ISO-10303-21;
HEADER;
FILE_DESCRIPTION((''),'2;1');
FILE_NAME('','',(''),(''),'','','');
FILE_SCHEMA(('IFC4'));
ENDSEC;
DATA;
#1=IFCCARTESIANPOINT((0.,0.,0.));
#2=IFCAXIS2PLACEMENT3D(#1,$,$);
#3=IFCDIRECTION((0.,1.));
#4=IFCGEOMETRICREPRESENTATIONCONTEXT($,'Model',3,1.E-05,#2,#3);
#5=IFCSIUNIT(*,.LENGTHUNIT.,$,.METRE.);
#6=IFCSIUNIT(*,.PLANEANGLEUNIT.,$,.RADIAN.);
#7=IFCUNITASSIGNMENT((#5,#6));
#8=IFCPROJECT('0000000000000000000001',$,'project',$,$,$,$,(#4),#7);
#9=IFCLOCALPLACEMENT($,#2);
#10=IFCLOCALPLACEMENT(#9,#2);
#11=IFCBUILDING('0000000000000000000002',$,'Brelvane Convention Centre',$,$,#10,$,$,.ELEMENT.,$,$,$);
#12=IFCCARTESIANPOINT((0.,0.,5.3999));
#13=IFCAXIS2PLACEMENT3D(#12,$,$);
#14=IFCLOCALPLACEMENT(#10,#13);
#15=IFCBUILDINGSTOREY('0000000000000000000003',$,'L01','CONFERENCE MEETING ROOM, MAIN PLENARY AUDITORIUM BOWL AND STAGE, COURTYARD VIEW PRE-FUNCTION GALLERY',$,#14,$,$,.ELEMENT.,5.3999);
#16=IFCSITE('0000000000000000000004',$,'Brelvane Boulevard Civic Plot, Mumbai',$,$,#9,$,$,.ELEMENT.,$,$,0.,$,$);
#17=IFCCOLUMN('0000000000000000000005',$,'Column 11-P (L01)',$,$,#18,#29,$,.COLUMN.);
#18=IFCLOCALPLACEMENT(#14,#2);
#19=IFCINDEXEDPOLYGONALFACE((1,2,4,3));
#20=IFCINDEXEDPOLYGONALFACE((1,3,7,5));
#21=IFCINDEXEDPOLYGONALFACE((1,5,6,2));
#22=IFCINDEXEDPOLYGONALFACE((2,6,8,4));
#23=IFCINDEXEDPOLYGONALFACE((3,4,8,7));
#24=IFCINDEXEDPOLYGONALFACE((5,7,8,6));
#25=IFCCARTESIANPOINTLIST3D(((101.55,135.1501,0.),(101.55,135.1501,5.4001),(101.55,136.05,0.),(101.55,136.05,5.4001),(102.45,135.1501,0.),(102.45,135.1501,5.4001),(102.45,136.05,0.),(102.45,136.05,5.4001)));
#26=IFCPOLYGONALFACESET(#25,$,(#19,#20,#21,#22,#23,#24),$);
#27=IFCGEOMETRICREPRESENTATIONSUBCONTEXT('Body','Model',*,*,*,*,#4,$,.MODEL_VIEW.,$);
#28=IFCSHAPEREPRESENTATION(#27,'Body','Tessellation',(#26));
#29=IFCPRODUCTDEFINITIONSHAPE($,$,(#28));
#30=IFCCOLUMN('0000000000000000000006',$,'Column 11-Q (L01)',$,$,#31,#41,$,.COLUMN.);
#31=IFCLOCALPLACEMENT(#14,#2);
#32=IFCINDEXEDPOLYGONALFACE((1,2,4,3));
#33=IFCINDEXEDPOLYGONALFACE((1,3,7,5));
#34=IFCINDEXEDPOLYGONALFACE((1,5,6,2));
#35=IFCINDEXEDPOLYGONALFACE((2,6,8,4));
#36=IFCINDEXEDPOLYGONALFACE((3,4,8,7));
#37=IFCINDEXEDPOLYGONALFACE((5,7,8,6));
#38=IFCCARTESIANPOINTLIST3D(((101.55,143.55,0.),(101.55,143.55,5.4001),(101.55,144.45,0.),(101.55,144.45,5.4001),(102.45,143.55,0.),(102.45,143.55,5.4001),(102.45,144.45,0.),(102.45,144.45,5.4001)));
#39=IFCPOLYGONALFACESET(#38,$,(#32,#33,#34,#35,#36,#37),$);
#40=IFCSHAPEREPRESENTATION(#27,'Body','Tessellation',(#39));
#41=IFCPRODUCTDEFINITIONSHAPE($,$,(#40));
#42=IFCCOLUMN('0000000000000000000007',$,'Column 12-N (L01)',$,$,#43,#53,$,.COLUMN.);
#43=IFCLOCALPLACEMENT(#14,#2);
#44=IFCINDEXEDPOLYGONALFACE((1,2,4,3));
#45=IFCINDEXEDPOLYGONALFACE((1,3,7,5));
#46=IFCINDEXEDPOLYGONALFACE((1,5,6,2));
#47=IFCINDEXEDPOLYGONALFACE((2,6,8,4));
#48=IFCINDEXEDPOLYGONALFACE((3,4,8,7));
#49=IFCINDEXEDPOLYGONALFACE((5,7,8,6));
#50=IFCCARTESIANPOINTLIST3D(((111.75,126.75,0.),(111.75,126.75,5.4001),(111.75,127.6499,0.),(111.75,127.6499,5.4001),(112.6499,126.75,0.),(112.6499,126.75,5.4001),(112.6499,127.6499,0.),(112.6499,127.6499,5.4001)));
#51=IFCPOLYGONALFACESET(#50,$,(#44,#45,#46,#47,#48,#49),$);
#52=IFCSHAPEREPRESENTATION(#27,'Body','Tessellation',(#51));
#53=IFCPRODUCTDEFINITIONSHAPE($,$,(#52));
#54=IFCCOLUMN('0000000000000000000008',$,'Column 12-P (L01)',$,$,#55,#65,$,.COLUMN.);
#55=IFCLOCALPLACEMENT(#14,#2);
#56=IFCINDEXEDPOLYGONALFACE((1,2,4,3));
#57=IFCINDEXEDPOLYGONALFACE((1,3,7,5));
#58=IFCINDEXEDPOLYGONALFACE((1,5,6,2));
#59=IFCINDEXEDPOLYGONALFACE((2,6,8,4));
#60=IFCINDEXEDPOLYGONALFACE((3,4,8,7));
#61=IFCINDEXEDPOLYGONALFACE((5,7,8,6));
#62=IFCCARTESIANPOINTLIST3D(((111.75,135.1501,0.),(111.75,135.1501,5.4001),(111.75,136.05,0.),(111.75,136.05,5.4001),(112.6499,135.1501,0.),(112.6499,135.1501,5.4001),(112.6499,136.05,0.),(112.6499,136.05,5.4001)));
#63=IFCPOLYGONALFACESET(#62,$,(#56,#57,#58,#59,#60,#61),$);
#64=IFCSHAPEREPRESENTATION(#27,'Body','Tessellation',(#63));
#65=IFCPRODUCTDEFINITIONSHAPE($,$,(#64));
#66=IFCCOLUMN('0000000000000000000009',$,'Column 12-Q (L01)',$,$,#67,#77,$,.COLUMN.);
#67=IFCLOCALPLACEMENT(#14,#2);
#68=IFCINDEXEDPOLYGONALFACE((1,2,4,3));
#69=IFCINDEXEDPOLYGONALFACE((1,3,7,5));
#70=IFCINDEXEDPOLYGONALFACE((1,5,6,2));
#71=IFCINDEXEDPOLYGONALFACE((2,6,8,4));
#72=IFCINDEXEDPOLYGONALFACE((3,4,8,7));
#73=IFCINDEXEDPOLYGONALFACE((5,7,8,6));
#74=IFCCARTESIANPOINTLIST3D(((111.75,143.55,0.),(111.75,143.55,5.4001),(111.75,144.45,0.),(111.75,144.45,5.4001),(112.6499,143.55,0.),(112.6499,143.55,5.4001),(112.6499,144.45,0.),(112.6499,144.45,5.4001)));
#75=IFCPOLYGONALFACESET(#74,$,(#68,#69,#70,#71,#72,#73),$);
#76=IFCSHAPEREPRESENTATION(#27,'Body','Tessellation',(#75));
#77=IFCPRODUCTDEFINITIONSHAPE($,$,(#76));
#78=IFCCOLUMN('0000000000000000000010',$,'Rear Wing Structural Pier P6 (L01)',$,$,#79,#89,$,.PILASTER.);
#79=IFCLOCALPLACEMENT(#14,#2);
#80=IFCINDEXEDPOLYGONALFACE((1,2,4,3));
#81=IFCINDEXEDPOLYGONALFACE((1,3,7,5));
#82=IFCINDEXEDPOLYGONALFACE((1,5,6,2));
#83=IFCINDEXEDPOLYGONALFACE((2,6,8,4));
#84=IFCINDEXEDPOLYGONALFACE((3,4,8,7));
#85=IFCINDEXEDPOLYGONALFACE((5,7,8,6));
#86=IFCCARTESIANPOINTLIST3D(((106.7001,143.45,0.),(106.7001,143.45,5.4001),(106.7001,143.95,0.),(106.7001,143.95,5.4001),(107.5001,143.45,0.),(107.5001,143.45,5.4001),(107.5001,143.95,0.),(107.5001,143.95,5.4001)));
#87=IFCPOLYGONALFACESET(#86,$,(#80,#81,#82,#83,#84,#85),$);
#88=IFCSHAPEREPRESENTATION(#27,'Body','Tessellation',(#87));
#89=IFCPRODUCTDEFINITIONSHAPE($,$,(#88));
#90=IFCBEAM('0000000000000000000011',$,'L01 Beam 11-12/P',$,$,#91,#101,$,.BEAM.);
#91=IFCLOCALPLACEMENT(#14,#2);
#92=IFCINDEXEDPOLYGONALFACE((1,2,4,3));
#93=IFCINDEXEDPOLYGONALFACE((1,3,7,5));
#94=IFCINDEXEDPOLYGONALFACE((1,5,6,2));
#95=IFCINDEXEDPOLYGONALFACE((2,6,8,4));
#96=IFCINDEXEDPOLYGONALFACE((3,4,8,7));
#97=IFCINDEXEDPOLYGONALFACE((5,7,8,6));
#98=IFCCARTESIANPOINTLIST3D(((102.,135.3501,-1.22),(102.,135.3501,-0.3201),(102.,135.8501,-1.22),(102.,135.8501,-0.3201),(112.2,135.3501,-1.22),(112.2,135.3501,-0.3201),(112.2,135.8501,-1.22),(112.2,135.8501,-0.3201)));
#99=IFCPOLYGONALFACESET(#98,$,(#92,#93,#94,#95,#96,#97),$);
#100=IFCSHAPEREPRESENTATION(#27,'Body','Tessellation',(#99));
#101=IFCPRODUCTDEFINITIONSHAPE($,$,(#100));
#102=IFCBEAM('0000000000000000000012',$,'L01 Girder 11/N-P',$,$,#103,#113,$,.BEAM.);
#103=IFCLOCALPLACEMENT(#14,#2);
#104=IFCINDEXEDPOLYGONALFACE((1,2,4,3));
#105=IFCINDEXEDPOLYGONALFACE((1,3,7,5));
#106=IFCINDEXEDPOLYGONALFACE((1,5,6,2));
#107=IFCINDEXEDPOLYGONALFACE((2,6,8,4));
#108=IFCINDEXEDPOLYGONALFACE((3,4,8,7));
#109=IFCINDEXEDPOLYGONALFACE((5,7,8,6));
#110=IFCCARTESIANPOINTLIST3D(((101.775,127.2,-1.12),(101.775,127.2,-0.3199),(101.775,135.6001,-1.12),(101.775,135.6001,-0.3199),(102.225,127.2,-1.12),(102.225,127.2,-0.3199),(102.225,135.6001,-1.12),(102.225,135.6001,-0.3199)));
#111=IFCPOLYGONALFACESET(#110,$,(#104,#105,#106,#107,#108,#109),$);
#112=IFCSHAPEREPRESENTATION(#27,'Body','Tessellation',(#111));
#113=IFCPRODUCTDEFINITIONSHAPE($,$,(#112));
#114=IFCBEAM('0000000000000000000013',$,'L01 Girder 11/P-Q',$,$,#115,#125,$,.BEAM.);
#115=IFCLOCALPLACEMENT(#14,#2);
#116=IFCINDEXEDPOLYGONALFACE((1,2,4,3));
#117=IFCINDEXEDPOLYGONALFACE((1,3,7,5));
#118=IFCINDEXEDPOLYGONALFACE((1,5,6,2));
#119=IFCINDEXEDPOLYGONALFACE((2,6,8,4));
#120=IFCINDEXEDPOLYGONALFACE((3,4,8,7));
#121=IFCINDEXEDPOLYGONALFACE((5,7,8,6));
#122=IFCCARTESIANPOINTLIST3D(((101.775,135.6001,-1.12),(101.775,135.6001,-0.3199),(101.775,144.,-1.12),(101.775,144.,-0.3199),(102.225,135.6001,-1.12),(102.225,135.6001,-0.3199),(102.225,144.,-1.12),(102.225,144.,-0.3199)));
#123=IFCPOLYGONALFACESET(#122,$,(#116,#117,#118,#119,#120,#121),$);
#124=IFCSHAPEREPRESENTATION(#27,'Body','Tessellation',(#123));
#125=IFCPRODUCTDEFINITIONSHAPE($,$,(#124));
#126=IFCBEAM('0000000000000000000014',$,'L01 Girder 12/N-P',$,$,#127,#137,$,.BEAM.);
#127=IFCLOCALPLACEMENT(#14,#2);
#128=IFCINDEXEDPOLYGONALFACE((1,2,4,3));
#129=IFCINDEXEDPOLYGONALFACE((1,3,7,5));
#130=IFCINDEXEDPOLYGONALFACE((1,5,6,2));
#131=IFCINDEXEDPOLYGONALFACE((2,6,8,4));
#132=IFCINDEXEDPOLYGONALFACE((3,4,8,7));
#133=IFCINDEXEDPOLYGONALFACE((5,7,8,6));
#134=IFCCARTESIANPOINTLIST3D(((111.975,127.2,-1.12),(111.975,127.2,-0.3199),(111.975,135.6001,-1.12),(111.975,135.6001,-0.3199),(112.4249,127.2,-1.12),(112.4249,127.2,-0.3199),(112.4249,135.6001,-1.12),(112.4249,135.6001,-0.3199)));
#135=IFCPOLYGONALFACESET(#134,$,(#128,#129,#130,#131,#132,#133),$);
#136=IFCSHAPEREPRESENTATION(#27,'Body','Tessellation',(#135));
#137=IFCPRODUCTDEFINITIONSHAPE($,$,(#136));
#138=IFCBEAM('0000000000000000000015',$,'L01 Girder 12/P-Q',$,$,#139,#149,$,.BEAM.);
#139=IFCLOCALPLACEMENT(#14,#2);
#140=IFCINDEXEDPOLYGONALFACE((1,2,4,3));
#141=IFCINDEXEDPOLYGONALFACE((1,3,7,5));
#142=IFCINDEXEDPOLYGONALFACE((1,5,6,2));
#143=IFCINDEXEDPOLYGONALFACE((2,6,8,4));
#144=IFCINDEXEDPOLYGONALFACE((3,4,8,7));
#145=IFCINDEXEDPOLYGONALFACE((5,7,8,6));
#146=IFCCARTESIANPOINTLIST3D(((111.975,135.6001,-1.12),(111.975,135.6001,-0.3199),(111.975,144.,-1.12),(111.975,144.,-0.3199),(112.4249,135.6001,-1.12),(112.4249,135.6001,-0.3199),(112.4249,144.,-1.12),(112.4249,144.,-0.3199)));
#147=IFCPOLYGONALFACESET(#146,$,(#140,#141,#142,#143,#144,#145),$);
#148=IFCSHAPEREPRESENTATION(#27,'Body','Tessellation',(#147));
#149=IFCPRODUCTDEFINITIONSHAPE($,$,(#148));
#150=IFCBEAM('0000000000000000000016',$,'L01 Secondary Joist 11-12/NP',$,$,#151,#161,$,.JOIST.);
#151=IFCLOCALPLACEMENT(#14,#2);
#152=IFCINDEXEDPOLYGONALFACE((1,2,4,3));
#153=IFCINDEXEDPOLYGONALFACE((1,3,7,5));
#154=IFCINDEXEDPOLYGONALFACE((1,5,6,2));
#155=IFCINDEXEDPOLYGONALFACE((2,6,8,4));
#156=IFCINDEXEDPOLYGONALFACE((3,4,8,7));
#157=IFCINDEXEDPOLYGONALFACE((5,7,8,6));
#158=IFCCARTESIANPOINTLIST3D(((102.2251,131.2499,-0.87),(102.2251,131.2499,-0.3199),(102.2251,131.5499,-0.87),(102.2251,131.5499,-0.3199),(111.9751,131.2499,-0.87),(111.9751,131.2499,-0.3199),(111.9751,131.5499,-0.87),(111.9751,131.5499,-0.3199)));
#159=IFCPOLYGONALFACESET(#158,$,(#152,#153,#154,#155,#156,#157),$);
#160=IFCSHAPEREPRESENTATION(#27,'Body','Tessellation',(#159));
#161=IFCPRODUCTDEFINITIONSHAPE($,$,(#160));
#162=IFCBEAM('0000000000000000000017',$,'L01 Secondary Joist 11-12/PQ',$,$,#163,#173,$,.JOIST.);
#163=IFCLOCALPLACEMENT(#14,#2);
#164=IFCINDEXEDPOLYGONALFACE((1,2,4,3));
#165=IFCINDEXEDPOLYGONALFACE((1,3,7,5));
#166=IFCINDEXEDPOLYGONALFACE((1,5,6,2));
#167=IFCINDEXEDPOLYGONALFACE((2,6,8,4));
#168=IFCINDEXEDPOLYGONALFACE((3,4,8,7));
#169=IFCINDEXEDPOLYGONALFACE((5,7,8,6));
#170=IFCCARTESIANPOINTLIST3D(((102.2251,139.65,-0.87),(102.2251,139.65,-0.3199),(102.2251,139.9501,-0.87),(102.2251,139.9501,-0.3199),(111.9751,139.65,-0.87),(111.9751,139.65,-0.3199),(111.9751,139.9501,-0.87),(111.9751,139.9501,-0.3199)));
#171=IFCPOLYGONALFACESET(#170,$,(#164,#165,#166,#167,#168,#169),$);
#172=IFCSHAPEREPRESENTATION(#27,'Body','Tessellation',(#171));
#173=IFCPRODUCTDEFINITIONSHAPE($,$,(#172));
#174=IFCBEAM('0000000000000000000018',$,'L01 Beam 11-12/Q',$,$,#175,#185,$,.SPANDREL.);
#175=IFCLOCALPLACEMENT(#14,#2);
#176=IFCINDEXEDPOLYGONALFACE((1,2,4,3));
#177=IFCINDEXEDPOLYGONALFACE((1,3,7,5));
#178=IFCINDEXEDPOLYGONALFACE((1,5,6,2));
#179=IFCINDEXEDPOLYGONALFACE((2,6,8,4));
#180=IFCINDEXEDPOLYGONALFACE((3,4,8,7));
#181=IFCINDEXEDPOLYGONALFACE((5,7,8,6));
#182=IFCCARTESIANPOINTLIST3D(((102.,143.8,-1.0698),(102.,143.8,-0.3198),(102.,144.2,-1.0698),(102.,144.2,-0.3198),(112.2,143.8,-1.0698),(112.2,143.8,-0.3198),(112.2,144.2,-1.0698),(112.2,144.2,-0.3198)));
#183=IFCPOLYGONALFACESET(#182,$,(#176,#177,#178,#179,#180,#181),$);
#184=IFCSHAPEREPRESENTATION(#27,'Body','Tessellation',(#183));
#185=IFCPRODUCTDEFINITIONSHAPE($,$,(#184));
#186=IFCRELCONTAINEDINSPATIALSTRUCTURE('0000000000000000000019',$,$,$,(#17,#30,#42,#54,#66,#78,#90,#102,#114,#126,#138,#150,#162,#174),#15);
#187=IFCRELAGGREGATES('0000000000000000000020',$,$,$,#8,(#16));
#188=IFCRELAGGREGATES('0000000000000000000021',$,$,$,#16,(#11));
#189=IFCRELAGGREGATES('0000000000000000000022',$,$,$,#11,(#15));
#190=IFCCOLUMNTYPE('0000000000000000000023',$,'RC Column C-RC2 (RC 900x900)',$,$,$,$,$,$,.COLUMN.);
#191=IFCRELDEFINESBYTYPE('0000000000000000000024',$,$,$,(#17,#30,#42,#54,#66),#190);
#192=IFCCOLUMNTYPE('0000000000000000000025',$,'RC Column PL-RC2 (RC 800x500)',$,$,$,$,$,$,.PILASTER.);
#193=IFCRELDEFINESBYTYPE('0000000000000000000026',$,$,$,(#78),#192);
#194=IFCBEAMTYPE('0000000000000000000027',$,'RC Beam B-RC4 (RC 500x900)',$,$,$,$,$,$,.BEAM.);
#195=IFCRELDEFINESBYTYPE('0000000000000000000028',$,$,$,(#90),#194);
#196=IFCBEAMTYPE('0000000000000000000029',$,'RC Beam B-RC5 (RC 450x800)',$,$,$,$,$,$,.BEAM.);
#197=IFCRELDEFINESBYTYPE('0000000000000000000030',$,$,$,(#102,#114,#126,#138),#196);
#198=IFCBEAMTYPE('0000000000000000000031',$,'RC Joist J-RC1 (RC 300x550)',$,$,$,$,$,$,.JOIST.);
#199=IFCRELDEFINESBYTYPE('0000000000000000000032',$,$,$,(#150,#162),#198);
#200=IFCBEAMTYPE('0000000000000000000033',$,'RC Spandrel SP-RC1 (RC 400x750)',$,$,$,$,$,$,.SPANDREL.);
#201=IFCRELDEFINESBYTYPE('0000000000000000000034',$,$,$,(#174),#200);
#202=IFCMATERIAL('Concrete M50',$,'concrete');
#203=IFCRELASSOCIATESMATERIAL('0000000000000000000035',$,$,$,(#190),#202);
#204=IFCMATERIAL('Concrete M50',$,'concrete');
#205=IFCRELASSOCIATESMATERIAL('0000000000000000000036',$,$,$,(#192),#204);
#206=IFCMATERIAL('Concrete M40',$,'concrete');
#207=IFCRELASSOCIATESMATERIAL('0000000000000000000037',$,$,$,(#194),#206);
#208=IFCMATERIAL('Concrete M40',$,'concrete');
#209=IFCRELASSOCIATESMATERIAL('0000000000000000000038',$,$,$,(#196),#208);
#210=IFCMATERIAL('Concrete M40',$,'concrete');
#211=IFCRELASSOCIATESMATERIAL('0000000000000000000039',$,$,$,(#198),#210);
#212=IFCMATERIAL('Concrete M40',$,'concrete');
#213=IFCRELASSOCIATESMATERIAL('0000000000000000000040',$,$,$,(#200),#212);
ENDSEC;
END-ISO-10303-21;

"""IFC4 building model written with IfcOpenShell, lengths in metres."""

from ifc_helpers import new_model, si_unit, direction, frame, origin, origin_2d, place, context, subcontext, project, spatial, rectangle, extrude, material, material_profile, profile_set, type_object, element, save


model = new_model("IFC4")

# Units and contexts
model_context = context("Model", 3, precision=1e-05, world=origin(), true_north=direction((0.0, 1.0)))
body_context = subcontext(model_context, "Body", "Model", "MODEL_VIEW")
ifc_project = project(units=[si_unit("LENGTHUNIT", "METRE"), si_unit("PLANEANGLEUNIT", "RADIAN")], contexts=[model_context])

# Site, building, storey
site_placement = place(None, origin())
site = spatial("IfcSite", under=ifc_project, at=site_placement, Name="Brelvane Boulevard Civic Plot, Mumbai", CompositionType="ELEMENT", RefElevation=0.0)
building_placement = place(site_placement, origin())
building = spatial("IfcBuilding", under=site, at=building_placement, Name="Brelvane Convention Centre", CompositionType="ELEMENT")
storey_placement = place(building_placement, frame((0.0, 0.0, 5.3999)))
storey = spatial("IfcBuildingStorey", under=building, at=storey_placement, Name="L01", Description="CONFERENCE MEETING ROOM, MAIN PLENARY AUDITORIUM BOWL AND STAGE, COURTYARD VIEW PRE-FUNCTION GALLERY", CompositionType="ELEMENT", Elevation=5.3999)

# Columns
ifc_material_1 = material(Name="Concrete M50", Category="concrete")
ifc_material_profile_1 = material_profile(ifc_material_1, rectangle(XDim=0.8999, YDim=0.8999, at=origin_2d()), Name="RC 900x900")
ifc_profile_set_1 = profile_set([ifc_material_profile_1], Name="Concrete M50")
column_type_1 = type_object("IfcColumnType", Name="RC Column C-RC2 (RC 900x900)", PredefinedType="COLUMN", material=ifc_profile_set_1)
for number, where, z_axis, x_axis, name in (
    (1, (102.0, 135.6001, 0.0), (0.0, 0.0, 1.0), (1.0, 0.0, 0.0), "Column 11-P (L01)"),
    (2, (102.0, 144.0, 0.0), (0.0, 0.0, 1.0), (1.0, 0.0, 0.0), "Column 11-Q (L01)"),
    (3, (112.2, 127.2, 0.0), (0.0, 0.0, 1.0), (1.0, 0.0, 0.0), "Column 12-N (L01)"),
    (4, (112.2, 135.6001, 0.0), (0.0, 0.0, 1.0), (1.0, 0.0, 0.0), "Column 12-P (L01)"),
    (5, (112.2, 144.0, 0.0), (0.0, 0.0, 1.0), (1.0, 0.0, 0.0), "Column 12-Q (L01)"),
):
    element("IfcColumn", number, at=place(storey_placement, frame(where, z_axis=z_axis, x_axis=x_axis)), inside=storey, type_object=column_type_1, Name=name, PredefinedType="COLUMN", context=body_context, shape_type="SweptSolid", body=[
        extrude(rectangle(XDim=0.8999, YDim=0.8999, at=origin_2d()), origin(), (0.0, 0.0, 1.0), 5.4001),
    ])
ifc_material_2 = material(Name="Concrete M50", Category="concrete")
ifc_material_profile_2 = material_profile(ifc_material_2, rectangle(XDim=0.8, YDim=0.5, at=origin_2d()), Name="RC 800x500")
ifc_profile_set_2 = profile_set([ifc_material_profile_2], Name="Concrete M50")
column_type_2 = type_object("IfcColumnType", Name="RC Column PL-RC2 (RC 800x500)", PredefinedType="PILASTER", material=ifc_profile_set_2)
column_placement = place(storey_placement, frame((107.1001, 143.7, 0.0), z_axis=(0.0, 0.0, 1.0), x_axis=(1.0, 0.0, 0.0)))
element("IfcColumn", 6, at=column_placement, inside=storey, type_object=column_type_2, Name="Rear Wing Structural Pier P6 (L01)", PredefinedType="PILASTER", context=body_context, shape_type="SweptSolid", body=[
    extrude(rectangle(XDim=0.8, YDim=0.5, at=origin_2d()), origin(), (0.0, 0.0, 1.0), 5.4001),
])

# Beams
ifc_material_3 = material(Name="Concrete M40", Category="concrete")
ifc_material_profile_3 = material_profile(ifc_material_3, rectangle(XDim=0.5, YDim=0.8999, at=origin_2d()), Name="RC 500x900")
ifc_profile_set_3 = profile_set([ifc_material_profile_3], Name="Concrete M40")
beam_type_1 = type_object("IfcBeamType", Name="RC Beam B-RC4 (RC 500x900)", PredefinedType="BEAM", material=ifc_profile_set_3)
beam_1_placement = place(storey_placement, frame((102.0, 135.6001, -0.77), z_axis=(1.0, 0.0, 0.0), x_axis=(0.0, 1.0, 0.0)))
element("IfcBeam", 7, at=beam_1_placement, inside=storey, type_object=beam_type_1, Name="L01 Beam 11-12/P", PredefinedType="BEAM", context=body_context, shape_type="SweptSolid", body=[
    extrude(rectangle(XDim=0.5, YDim=0.8999, at=origin_2d()), origin(), (0.0, 0.0, 1.0), 10.2),
])
ifc_material_4 = material(Name="Concrete M40", Category="concrete")
ifc_material_profile_4 = material_profile(ifc_material_4, rectangle(XDim=0.45, YDim=0.8, at=origin_2d()), Name="RC 450x800")
ifc_profile_set_4 = profile_set([ifc_material_profile_4], Name="Concrete M40")
beam_type_2 = type_object("IfcBeamType", Name="RC Beam B-RC5 (RC 450x800)", PredefinedType="BEAM", material=ifc_profile_set_4)
beam_2_placement = place(storey_placement, frame((102.0, 127.2, -0.72), z_axis=(0.0, 1.0, 0.0), x_axis=(-1.0, 0.0, 0.0)))
element("IfcBeam", 8, at=beam_2_placement, inside=storey, type_object=beam_type_2, Name="L01 Girder 11/N-P", PredefinedType="BEAM", context=body_context, shape_type="SweptSolid", body=[
    extrude(rectangle(XDim=0.45, YDim=0.8, at=origin_2d()), origin(), (0.0, 0.0, 1.0), 8.4001),
])
beam_3_placement = place(storey_placement, frame((102.0, 135.6001, -0.72), z_axis=(0.0, 1.0, 0.0), x_axis=(-1.0, 0.0, 0.0)))
element("IfcBeam", 9, at=beam_3_placement, inside=storey, type_object=beam_type_2, Name="L01 Girder 11/P-Q", PredefinedType="BEAM", context=body_context, shape_type="SweptSolid", body=[
    extrude(rectangle(XDim=0.45, YDim=0.8, at=origin_2d()), origin(), (0.0, 0.0, 1.0), 8.3999),
])
beam_4_placement = place(storey_placement, frame((112.2, 127.2, -0.72), z_axis=(0.0, 1.0, 0.0), x_axis=(-1.0, 0.0, 0.0)))
element("IfcBeam", 10, at=beam_4_placement, inside=storey, type_object=beam_type_2, Name="L01 Girder 12/N-P", PredefinedType="BEAM", context=body_context, shape_type="SweptSolid", body=[
    extrude(rectangle(XDim=0.45, YDim=0.8, at=origin_2d()), origin(), (0.0, 0.0, 1.0), 8.4001),
])
beam_5_placement = place(storey_placement, frame((112.2, 135.6001, -0.72), z_axis=(0.0, 1.0, 0.0), x_axis=(-1.0, 0.0, 0.0)))
element("IfcBeam", 11, at=beam_5_placement, inside=storey, type_object=beam_type_2, Name="L01 Girder 12/P-Q", PredefinedType="BEAM", context=body_context, shape_type="SweptSolid", body=[
    extrude(rectangle(XDim=0.45, YDim=0.8, at=origin_2d()), origin(), (0.0, 0.0, 1.0), 8.3999),
])
ifc_material_5 = material(Name="Concrete M40", Category="concrete")
ifc_material_profile_5 = material_profile(ifc_material_5, rectangle(XDim=0.3, YDim=0.55, at=origin_2d()), Name="RC 300x550")
ifc_profile_set_5 = profile_set([ifc_material_profile_5], Name="Concrete M40")
beam_type_3 = type_object("IfcBeamType", Name="RC Joist J-RC1 (RC 300x550)", PredefinedType="JOIST", material=ifc_profile_set_5)
for number, where, z_axis, x_axis, name in (
    (12, (102.2251, 131.3999, -0.595), (1.0, 0.0, 0.0), (0.0, 1.0, 0.0), "L01 Secondary Joist 11-12/NP"),
    (13, (102.2251, 139.8, -0.595), (1.0, 0.0, 0.0), (0.0, 1.0, 0.0), "L01 Secondary Joist 11-12/PQ"),
):
    element("IfcBeam", number, at=place(storey_placement, frame(where, z_axis=z_axis, x_axis=x_axis)), inside=storey, type_object=beam_type_3, Name=name, PredefinedType="JOIST", context=body_context, shape_type="SweptSolid", body=[
        extrude(rectangle(XDim=0.3, YDim=0.55, at=origin_2d()), origin(), (0.0, 0.0, 1.0), 9.75),
    ])
ifc_material_6 = material(Name="Concrete M40", Category="concrete")
ifc_material_profile_6 = material_profile(ifc_material_6, rectangle(XDim=0.3999, YDim=0.75, at=origin_2d()), Name="RC 400x750")
ifc_profile_set_6 = profile_set([ifc_material_profile_6], Name="Concrete M40")
beam_type_4 = type_object("IfcBeamType", Name="RC Spandrel SP-RC1 (RC 400x750)", PredefinedType="SPANDREL", material=ifc_profile_set_6)
beam_6_placement = place(storey_placement, frame((102.0, 144.0, -0.6948), z_axis=(1.0, 0.0, 0.0), x_axis=(0.0, 1.0, 0.0)))
element("IfcBeam", 14, at=beam_6_placement, inside=storey, type_object=beam_type_4, Name="L01 Beam 11-12/Q", PredefinedType="SPANDREL", context=body_context, shape_type="SweptSolid", body=[
    extrude(rectangle(XDim=0.3999, YDim=0.75, at=origin_2d()), origin(), (0.0, 0.0, 1.0), 10.2),
])

save(model, "model.ifc")
